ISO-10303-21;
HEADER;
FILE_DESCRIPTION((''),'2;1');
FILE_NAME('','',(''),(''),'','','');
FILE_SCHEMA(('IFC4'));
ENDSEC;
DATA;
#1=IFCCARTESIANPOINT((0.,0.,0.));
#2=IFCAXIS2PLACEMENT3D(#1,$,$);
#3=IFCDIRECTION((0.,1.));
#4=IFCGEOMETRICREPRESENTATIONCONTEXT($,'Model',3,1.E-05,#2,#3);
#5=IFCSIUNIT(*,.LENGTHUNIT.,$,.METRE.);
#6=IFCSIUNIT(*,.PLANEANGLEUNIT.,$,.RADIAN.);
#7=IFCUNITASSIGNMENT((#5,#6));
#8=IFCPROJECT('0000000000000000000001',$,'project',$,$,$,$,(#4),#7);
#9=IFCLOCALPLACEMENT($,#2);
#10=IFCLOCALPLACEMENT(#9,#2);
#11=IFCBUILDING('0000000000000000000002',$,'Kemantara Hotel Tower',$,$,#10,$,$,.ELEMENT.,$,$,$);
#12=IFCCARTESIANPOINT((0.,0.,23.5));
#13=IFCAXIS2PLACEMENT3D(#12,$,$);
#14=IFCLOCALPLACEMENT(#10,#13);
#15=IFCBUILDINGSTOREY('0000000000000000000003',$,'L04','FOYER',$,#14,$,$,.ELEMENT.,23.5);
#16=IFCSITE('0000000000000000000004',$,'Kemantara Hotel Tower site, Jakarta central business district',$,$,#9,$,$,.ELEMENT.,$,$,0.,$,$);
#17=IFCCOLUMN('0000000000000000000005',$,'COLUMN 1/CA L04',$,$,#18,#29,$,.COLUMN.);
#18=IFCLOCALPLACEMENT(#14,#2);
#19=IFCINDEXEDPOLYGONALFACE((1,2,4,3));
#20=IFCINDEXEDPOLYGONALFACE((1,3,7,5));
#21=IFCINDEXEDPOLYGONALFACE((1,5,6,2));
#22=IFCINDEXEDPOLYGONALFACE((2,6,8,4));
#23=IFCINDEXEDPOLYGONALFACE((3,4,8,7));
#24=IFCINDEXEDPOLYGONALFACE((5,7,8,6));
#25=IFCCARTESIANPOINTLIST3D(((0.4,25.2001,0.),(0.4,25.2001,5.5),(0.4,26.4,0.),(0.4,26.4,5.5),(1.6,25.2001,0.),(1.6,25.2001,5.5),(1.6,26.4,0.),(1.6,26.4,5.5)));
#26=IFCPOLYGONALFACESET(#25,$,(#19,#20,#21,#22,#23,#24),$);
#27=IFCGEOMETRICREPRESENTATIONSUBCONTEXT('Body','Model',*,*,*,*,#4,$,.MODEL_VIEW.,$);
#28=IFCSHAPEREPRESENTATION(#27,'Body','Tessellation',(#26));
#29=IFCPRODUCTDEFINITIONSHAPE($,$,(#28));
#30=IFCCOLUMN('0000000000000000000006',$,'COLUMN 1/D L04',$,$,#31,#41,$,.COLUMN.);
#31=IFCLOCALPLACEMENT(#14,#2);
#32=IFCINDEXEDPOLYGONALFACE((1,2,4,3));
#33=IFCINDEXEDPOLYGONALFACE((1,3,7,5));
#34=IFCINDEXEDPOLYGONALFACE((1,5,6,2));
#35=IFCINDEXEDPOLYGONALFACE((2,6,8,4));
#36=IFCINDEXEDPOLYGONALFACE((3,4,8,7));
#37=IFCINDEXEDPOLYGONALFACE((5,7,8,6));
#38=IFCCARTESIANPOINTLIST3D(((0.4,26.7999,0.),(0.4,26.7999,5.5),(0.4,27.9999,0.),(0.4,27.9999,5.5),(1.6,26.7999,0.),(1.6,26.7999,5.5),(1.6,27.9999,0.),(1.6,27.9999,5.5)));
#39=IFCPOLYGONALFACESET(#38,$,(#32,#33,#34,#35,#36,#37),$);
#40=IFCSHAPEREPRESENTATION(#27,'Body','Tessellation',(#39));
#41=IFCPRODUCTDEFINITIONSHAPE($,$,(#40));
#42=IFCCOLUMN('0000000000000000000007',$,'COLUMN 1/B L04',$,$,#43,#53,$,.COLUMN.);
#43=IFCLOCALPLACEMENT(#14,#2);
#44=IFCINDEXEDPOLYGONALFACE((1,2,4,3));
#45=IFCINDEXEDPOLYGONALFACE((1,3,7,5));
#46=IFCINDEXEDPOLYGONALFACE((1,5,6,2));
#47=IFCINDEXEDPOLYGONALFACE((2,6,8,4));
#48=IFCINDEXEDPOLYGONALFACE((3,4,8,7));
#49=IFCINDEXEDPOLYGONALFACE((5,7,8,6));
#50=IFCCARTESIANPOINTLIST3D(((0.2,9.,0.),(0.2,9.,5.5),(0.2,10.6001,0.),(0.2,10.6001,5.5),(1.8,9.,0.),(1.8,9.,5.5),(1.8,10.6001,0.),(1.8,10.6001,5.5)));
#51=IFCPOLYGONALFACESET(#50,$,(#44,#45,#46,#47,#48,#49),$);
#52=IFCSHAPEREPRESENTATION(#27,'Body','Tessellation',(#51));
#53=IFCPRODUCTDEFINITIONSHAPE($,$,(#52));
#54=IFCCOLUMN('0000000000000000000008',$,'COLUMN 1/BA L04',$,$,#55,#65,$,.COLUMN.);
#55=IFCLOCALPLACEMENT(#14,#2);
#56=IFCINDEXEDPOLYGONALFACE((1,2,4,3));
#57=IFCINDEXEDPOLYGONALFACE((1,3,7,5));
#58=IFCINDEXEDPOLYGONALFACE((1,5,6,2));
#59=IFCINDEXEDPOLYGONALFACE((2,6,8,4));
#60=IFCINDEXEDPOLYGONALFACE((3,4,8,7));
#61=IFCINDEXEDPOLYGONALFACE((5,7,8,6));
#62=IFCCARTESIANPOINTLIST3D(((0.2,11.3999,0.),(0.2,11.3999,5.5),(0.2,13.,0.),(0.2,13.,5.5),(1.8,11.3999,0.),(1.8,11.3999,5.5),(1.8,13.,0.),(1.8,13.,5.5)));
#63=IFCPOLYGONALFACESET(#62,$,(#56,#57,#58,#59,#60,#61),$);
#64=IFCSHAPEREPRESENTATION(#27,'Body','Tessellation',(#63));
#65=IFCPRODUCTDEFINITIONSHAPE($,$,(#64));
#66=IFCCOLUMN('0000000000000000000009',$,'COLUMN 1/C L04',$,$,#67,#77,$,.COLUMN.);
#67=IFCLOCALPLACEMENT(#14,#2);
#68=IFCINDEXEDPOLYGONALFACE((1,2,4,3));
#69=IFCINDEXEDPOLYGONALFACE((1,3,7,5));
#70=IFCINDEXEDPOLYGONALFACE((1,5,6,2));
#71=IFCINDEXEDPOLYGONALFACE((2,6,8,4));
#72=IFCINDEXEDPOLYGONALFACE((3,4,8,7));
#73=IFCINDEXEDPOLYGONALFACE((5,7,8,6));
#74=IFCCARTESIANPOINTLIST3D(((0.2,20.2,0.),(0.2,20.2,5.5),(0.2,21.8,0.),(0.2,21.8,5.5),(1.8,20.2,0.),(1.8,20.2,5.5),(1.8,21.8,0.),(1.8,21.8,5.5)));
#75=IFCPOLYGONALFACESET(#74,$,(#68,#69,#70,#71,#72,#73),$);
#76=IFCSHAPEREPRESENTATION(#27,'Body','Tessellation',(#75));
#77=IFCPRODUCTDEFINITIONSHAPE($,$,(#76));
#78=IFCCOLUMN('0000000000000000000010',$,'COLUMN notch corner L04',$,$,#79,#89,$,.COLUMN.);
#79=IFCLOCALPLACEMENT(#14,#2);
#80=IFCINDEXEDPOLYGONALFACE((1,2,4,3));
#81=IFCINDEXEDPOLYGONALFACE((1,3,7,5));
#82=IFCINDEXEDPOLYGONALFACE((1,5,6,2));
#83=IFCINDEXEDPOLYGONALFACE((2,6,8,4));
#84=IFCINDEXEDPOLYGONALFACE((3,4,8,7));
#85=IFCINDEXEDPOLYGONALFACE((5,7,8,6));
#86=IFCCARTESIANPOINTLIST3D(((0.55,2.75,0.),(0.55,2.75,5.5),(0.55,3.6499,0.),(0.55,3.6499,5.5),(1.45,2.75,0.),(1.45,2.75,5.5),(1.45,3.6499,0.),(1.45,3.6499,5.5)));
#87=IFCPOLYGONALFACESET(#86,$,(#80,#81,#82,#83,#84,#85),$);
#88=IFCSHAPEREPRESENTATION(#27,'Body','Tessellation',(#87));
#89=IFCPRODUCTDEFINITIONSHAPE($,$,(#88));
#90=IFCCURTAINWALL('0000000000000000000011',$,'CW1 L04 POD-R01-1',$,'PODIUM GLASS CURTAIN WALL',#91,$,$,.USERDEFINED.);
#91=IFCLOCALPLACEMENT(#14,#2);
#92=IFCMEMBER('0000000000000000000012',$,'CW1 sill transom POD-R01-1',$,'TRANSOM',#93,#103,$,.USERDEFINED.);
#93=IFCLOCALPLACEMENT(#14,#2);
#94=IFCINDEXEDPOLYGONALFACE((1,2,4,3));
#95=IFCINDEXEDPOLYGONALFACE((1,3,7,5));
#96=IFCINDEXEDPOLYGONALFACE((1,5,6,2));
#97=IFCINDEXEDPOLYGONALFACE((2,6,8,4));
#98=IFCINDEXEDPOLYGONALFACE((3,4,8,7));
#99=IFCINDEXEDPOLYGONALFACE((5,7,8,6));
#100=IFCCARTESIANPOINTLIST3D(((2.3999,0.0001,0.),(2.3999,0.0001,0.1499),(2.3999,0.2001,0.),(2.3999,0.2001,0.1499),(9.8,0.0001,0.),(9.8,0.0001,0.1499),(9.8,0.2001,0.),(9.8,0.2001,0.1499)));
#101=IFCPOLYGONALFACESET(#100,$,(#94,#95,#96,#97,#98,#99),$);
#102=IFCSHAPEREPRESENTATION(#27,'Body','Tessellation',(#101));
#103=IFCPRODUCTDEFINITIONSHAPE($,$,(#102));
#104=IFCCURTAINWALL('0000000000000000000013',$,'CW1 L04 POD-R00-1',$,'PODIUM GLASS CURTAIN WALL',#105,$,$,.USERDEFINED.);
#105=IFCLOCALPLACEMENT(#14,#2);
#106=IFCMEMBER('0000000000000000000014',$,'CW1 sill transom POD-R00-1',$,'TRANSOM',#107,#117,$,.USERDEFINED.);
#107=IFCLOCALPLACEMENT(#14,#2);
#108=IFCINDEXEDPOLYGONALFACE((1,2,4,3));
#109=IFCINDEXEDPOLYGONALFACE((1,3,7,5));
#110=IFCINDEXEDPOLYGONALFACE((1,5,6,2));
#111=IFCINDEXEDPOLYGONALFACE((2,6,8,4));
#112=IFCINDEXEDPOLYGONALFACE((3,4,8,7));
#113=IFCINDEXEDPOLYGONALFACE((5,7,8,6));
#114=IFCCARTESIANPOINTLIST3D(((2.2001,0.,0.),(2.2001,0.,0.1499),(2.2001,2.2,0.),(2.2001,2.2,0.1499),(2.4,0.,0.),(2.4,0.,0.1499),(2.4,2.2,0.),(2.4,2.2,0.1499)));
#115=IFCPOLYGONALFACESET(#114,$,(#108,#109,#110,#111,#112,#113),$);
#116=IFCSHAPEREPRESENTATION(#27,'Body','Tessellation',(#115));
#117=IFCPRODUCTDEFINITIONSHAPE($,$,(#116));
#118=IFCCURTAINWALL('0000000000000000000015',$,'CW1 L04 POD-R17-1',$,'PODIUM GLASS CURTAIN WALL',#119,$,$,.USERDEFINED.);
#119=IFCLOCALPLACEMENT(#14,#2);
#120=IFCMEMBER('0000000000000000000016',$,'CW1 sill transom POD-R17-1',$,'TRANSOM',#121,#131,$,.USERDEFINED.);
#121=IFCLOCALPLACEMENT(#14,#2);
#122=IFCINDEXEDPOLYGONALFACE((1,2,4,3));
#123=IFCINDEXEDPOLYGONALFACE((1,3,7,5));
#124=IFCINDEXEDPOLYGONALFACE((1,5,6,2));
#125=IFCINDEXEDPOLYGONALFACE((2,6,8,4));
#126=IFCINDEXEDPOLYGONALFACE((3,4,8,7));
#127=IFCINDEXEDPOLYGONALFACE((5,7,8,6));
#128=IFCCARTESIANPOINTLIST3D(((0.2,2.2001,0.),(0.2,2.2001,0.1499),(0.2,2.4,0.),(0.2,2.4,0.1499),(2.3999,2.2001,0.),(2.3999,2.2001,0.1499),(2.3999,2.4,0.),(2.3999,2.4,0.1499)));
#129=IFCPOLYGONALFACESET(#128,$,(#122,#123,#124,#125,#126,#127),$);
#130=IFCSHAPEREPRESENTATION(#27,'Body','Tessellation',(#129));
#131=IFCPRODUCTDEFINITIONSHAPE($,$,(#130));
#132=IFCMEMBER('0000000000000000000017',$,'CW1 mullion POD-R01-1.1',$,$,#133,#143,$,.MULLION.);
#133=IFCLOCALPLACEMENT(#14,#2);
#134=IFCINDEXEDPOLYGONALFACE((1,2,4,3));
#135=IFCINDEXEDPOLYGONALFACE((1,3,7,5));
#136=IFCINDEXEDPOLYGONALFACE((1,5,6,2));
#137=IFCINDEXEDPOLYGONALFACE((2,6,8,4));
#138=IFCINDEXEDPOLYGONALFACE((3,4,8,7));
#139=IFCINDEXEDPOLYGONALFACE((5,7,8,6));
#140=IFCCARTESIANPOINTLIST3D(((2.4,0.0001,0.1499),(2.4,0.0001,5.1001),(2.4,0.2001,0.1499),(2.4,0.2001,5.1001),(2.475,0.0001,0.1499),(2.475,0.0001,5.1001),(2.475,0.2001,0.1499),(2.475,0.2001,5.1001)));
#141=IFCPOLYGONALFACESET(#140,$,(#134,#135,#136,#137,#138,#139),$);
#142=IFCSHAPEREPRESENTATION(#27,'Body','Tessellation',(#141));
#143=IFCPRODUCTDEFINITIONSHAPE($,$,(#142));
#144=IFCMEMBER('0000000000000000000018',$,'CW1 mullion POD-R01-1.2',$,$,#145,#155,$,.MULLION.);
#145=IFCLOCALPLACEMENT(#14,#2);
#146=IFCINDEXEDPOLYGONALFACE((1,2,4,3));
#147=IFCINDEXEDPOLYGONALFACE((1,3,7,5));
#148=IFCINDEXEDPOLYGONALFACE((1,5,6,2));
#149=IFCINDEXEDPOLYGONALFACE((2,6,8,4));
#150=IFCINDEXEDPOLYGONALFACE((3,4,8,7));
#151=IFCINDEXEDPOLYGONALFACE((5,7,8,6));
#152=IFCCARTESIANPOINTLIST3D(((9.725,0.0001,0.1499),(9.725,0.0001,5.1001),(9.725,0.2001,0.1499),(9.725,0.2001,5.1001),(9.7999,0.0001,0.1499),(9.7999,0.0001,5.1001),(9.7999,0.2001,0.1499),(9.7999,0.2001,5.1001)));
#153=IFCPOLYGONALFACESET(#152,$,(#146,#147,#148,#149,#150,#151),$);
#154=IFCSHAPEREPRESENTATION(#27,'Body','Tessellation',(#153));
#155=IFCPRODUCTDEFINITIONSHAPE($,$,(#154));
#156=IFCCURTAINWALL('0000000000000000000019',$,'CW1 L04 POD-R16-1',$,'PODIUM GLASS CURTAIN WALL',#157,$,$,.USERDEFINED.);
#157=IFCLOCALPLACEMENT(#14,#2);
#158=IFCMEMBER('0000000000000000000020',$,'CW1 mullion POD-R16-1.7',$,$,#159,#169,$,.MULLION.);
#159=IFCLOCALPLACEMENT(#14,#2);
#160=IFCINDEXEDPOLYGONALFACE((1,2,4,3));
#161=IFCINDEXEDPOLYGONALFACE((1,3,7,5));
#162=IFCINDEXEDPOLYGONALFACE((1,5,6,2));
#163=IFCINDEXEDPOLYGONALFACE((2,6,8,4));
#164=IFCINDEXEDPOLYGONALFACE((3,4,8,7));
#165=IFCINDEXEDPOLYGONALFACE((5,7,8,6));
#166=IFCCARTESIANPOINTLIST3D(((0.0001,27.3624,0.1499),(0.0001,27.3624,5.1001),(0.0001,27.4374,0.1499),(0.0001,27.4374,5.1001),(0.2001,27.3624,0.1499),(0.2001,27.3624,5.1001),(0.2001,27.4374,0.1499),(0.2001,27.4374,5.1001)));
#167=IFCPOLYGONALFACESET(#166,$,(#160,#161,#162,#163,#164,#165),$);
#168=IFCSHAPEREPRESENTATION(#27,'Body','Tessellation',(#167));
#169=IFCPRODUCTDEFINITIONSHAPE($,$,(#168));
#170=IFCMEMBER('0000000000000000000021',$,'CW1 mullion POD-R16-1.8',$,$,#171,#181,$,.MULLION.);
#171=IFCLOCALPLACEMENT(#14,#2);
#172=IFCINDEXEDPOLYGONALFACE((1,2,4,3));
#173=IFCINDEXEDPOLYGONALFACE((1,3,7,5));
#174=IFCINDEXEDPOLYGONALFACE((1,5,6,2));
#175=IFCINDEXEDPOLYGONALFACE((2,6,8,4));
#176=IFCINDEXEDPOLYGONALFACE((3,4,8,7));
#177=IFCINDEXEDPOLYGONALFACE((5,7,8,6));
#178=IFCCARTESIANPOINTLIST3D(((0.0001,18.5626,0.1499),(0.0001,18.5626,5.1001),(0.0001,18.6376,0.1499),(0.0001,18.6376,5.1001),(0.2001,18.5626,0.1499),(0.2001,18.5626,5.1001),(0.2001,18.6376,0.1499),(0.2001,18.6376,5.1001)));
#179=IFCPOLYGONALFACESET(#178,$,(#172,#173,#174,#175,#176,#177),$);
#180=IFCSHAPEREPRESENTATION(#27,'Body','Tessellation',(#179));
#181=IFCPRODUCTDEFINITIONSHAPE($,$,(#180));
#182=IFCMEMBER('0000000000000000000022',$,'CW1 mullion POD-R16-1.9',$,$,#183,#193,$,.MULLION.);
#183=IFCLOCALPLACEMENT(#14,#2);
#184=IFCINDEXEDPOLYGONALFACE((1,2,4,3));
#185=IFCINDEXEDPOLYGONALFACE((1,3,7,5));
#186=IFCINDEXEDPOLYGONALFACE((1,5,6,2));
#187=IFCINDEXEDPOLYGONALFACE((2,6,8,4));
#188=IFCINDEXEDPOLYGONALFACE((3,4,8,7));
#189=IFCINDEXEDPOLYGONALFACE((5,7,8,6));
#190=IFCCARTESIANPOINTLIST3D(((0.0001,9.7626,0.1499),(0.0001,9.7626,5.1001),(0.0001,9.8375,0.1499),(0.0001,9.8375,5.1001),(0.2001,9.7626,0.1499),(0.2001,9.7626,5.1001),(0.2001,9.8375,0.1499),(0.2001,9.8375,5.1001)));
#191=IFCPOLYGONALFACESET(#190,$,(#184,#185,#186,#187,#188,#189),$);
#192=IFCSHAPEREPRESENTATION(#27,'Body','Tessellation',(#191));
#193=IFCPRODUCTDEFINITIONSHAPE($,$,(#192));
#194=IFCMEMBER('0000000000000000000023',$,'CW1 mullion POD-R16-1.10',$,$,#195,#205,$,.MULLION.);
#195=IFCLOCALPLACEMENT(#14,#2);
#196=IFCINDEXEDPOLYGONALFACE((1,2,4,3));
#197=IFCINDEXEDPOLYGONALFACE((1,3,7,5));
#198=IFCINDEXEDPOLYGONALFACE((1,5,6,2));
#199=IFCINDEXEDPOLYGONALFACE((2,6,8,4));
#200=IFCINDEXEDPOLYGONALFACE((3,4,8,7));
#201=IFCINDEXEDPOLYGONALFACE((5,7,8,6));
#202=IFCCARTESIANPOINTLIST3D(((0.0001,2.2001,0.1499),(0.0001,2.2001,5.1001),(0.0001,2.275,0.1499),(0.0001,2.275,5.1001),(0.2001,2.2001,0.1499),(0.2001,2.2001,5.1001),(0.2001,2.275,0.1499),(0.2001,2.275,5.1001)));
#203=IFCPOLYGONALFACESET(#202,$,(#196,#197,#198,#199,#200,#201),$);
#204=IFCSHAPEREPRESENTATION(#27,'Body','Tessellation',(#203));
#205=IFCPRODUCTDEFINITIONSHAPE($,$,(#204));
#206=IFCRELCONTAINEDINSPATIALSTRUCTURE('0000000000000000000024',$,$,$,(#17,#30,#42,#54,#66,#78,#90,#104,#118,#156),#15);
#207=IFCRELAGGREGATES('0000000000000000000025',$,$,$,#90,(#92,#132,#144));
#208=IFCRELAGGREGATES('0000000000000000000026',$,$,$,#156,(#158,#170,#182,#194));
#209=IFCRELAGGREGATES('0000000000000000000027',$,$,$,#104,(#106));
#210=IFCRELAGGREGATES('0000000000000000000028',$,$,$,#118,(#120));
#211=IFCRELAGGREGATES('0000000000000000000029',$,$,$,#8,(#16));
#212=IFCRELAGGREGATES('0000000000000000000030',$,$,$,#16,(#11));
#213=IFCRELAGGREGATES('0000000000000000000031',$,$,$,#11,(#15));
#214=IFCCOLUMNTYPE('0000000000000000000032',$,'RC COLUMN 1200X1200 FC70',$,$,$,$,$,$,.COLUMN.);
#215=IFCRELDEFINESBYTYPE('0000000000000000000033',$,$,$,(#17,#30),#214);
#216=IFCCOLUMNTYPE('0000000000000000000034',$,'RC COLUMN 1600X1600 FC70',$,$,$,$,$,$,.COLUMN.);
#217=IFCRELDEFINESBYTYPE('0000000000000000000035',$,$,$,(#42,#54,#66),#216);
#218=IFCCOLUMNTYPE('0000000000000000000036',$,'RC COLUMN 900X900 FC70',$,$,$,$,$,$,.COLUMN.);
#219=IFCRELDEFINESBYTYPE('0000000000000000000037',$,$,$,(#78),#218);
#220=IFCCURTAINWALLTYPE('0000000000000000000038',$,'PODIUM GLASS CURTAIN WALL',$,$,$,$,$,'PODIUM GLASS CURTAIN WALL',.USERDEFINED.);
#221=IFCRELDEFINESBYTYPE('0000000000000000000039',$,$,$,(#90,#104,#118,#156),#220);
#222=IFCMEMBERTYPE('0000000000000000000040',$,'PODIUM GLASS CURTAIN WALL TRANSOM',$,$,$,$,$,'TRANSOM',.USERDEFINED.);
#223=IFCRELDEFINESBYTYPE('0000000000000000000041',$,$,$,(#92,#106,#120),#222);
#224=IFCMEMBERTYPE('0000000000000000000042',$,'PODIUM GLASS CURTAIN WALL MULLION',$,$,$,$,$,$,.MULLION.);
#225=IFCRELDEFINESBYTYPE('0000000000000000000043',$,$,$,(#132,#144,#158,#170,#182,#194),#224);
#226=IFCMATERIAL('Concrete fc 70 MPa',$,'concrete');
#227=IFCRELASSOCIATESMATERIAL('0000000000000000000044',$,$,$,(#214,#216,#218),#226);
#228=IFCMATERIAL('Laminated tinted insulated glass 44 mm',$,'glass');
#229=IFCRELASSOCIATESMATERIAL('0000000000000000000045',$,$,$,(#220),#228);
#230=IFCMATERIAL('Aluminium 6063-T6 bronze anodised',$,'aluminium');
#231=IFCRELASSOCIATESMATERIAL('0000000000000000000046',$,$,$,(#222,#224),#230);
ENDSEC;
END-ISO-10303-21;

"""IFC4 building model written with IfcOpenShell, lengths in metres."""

from ifc_helpers import new_model, si_unit, direction, frame, origin, origin_2d, place, context, subcontext, project, spatial, rectangle, extrude, source, transform, mapped, material, material_profile, profile_set, type_object, element, aggregate, save


model = new_model("IFC4")

# Units and contexts
model_context = context("Model", 3, precision=1e-05, world=origin(), true_north=direction((0.0, 1.0)))
body_context = subcontext(model_context, "Body", "Model", "MODEL_VIEW")
ifc_project = project(units=[si_unit("LENGTHUNIT", "METRE"), si_unit("PLANEANGLEUNIT", "RADIAN")], contexts=[model_context])

# Site, building, storey
site_placement = place(None, origin())
site = spatial("IfcSite", under=ifc_project, at=site_placement, Name="Kemantara Hotel Tower site, Jakarta central business district", CompositionType="ELEMENT", RefElevation=0.0)
building_placement = place(site_placement, origin())
building = spatial("IfcBuilding", under=site, at=building_placement, Name="Kemantara Hotel Tower", CompositionType="ELEMENT")
storey_placement = place(building_placement, frame((0.0, 0.0, 23.5)))
storey = spatial("IfcBuildingStorey", under=building, at=storey_placement, Name="L04", Description="FOYER", CompositionType="ELEMENT", Elevation=23.5)

# Columns
ifc_material_1 = material(Name="Concrete fc 70 MPa", Category="concrete")
ifc_material_profile_1 = material_profile(ifc_material_1, rectangle(XDim=1.2, YDim=1.2, at=origin_2d()), Name="RC 1200X1200")
ifc_profile_set_1 = profile_set([ifc_material_profile_1], Name="Concrete fc 70 MPa")
column_type_1 = type_object("IfcColumnType", Name="RC COLUMN 1200X1200 FC70", PredefinedType="COLUMN", material=ifc_profile_set_1)
for number, where, z_axis, x_axis, name in (
    (1, (1.0, 25.8, 0.0), (0.0, 0.0, 1.0), (1.0, 0.0, 0.0), "COLUMN 1/CA L04"),
    (2, (1.0, 27.3999, 0.0), (0.0, 0.0, 1.0), (1.0, 0.0, 0.0), "COLUMN 1/D L04"),
):
    element("IfcColumn", number, at=place(storey_placement, frame(where, z_axis=z_axis, x_axis=x_axis)), inside=storey, type_object=column_type_1, Name=name, PredefinedType="COLUMN", context=body_context, shape_type="SweptSolid", body=[
        extrude(rectangle(XDim=1.2, YDim=1.2, at=origin_2d()), origin(), (0.0, 0.0, 1.0), 5.5),
    ])
ifc_material_profile_2 = material_profile(ifc_material_1, rectangle(XDim=1.6001, YDim=1.6001, at=origin_2d()), Name="RC 1600X1600")
ifc_profile_set_2 = profile_set([ifc_material_profile_2], Name="Concrete fc 70 MPa")
column_type_2 = type_object("IfcColumnType", Name="RC COLUMN 1600X1600 FC70", PredefinedType="COLUMN", material=ifc_profile_set_2)
for number, where, z_axis, x_axis, name in (
    (3, (1.0, 9.8, 0.0), (0.0, 0.0, 1.0), (1.0, 0.0, 0.0), "COLUMN 1/B L04"),
    (4, (1.0, 12.2, 0.0), (0.0, 0.0, 1.0), (1.0, 0.0, 0.0), "COLUMN 1/BA L04"),
    (5, (1.0, 21.0, 0.0), (0.0, 0.0, 1.0), (1.0, 0.0, 0.0), "COLUMN 1/C L04"),
):
    element("IfcColumn", number, at=place(storey_placement, frame(where, z_axis=z_axis, x_axis=x_axis)), inside=storey, type_object=column_type_2, Name=name, PredefinedType="COLUMN", context=body_context, shape_type="SweptSolid", body=[
        extrude(rectangle(XDim=1.6001, YDim=1.6001, at=origin_2d()), origin(), (0.0, 0.0, 1.0), 5.5),
    ])
ifc_material_profile_3 = material_profile(ifc_material_1, rectangle(XDim=0.8999, YDim=0.8999, at=origin_2d()), Name="RC 900X900")
ifc_profile_set_3 = profile_set([ifc_material_profile_3], Name="Concrete fc 70 MPa")
column_type_3 = type_object("IfcColumnType", Name="RC COLUMN 900X900 FC70", PredefinedType="COLUMN", material=ifc_profile_set_3)
column_placement = place(storey_placement, frame((1.0, 3.2, 0.0), z_axis=(0.0, 0.0, 1.0), x_axis=(1.0, 0.0, 0.0)))
element("IfcColumn", 6, at=column_placement, inside=storey, type_object=column_type_3, Name="COLUMN notch corner L04", PredefinedType="COLUMN", context=body_context, shape_type="SweptSolid", body=[
    extrude(rectangle(XDim=0.8999, YDim=0.8999, at=origin_2d()), origin(), (0.0, 0.0, 1.0), 5.5),
])

# Curtain walls, members
ifc_material_2 = material(Name="Laminated tinted insulated glass 44 mm", Category="glass")
curtain_wall_type = type_object("IfcCurtainWallType", Name="PODIUM GLASS CURTAIN WALL", ElementType="PODIUM GLASS CURTAIN WALL", PredefinedType="USERDEFINED", material=ifc_material_2)
curtain_wall_1_placement = place(storey_placement, origin())
curtain_wall_1 = element("IfcCurtainWall", 7, at=curtain_wall_1_placement, inside=storey, type_object=curtain_wall_type, Name="CW1 L04 POD-R01-1", ObjectType="PODIUM GLASS CURTAIN WALL", PredefinedType="USERDEFINED")
ifc_material_3 = material(Name="Aluminium 6063-T6 bronze anodised", Category="aluminium")
ifc_material_profile_4 = material_profile(ifc_material_3, rectangle(XDim=0.2, YDim=0.1499, at=origin_2d()), Name="PODIUM GLASS CURTAIN WALL TRANSOM")
ifc_profile_set_4 = profile_set([ifc_material_profile_4], Name="Aluminium 6063-T6 bronze anodised")
member_type_1 = type_object("IfcMemberType", Name="PODIUM GLASS CURTAIN WALL TRANSOM", ElementType="TRANSOM", PredefinedType="USERDEFINED", material=ifc_profile_set_4)
member_1_placement = place(storey_placement, frame((2.3999, 0.1001, 0.075), z_axis=(1.0, 0.0, 0.0), x_axis=(0.0, 1.0, 0.0)))
member_1 = element("IfcMember", 8, at=member_1_placement, type_object=member_type_1, Name="CW1 sill transom POD-R01-1", ObjectType="TRANSOM", PredefinedType="USERDEFINED", context=body_context, shape_type="SweptSolid", body=[
    extrude(rectangle(XDim=0.2, YDim=0.1499, at=origin_2d()), origin(), (0.0, 0.0, 1.0), 7.4001),
])
curtain_wall_2_placement = place(storey_placement, origin())
curtain_wall_2 = element("IfcCurtainWall", 9, at=curtain_wall_2_placement, inside=storey, type_object=curtain_wall_type, Name="CW1 L04 POD-R00-1", ObjectType="PODIUM GLASS CURTAIN WALL", PredefinedType="USERDEFINED")
member_2_placement = place(storey_placement, frame((2.3, 2.2, 0.075), z_axis=(0.0, -1.0, 0.0), x_axis=(1.0, 0.0, 0.0)))
member_2 = element("IfcMember", 10, at=member_2_placement, type_object=member_type_1, Name="CW1 sill transom POD-R00-1", ObjectType="TRANSOM", PredefinedType="USERDEFINED", context=body_context, shape_type="SweptSolid", body=[
    extrude(rectangle(XDim=0.2, YDim=0.1499, at=origin_2d()), origin(), (0.0, 0.0, 1.0), 2.2),
])
curtain_wall_3_placement = place(storey_placement, origin())
curtain_wall_3 = element("IfcCurtainWall", 11, at=curtain_wall_3_placement, inside=storey, type_object=curtain_wall_type, Name="CW1 L04 POD-R17-1", ObjectType="PODIUM GLASS CURTAIN WALL", PredefinedType="USERDEFINED")
member_3_placement = place(storey_placement, frame((0.2, 2.3, 0.075), z_axis=(1.0, 0.0, 0.0), x_axis=(0.0, 1.0, 0.0)))
member_3 = element("IfcMember", 12, at=member_3_placement, type_object=member_type_1, Name="CW1 sill transom POD-R17-1", ObjectType="TRANSOM", PredefinedType="USERDEFINED", context=body_context, shape_type="SweptSolid", body=[
    extrude(rectangle(XDim=0.2, YDim=0.1499, at=origin_2d()), origin(), (0.0, 0.0, 1.0), 2.2),
])

# Members
ifc_material_profile_5 = material_profile(ifc_material_3, rectangle(XDim=0.2, YDim=0.075, at=origin_2d()), Name="PODIUM GLASS CURTAIN WALL MULLION")
ifc_profile_set_5 = profile_set([ifc_material_profile_5], Name="Aluminium 6063-T6 bronze anodised")
member_type_2 = type_object("IfcMemberType", Name="PODIUM GLASS CURTAIN WALL MULLION", PredefinedType="MULLION", material=ifc_profile_set_5)
shared_shape_1 = source(origin(), body_context, "Body", "SweptSolid", [
    extrude(rectangle(XDim=0.2, YDim=0.075, at=origin_2d()), origin(), (0.0, 0.0, 1.0), 4.9502),
])
member_4_placement = place(storey_placement, frame((2.4375, 0.1001, 0.1499), z_axis=(0.0, 0.0, 1.0), x_axis=(0.0, 1.0, 0.0)))
member_4 = element("IfcMember", 13, at=member_4_placement, type_object=member_type_2, Name="CW1 mullion POD-R01-1.1", PredefinedType="MULLION", context=body_context, shape_type="MappedRepresentation", body=[
    mapped(shared_shape_1, transform((0.0, 0.0, 0.0))),
])
member_5_placement = place(storey_placement, frame((9.7625, 0.1001, 0.1499), z_axis=(0.0, 0.0, 1.0), x_axis=(0.0, 1.0, 0.0)))
member_5 = element("IfcMember", 14, at=member_5_placement, type_object=member_type_2, Name="CW1 mullion POD-R01-1.2", PredefinedType="MULLION", context=body_context, shape_type="MappedRepresentation", body=[
    mapped(shared_shape_1, transform((0.0, 0.0, 0.0))),
])

# Curtain wall, members
curtain_wall_4_placement = place(storey_placement, origin())
curtain_wall_4 = element("IfcCurtainWall", 15, at=curtain_wall_4_placement, inside=storey, type_object=curtain_wall_type, Name="CW1 L04 POD-R16-1", ObjectType="PODIUM GLASS CURTAIN WALL", PredefinedType="USERDEFINED")
member_6_placement = place(storey_placement, frame((0.1001, 27.3999, 0.1499), z_axis=(0.0, 0.0, 1.0), x_axis=(1.0, 0.0, 0.0)))
member_6 = element("IfcMember", 16, at=member_6_placement, type_object=member_type_2, Name="CW1 mullion POD-R16-1.7", PredefinedType="MULLION", context=body_context, shape_type="MappedRepresentation", body=[
    mapped(shared_shape_1, transform((0.0, 0.0, 0.0))),
])
member_7_placement = place(storey_placement, frame((0.1001, 18.6001, 0.1499), z_axis=(0.0, 0.0, 1.0), x_axis=(1.0, 0.0, 0.0)))
member_7 = element("IfcMember", 17, at=member_7_placement, type_object=member_type_2, Name="CW1 mullion POD-R16-1.8", PredefinedType="MULLION", context=body_context, shape_type="MappedRepresentation", body=[
    mapped(shared_shape_1, transform((0.0, 0.0, 0.0))),
])
member_8_placement = place(storey_placement, frame((0.1001, 9.8, 0.1499), z_axis=(0.0, 0.0, 1.0), x_axis=(1.0, 0.0, 0.0)))
member_8 = element("IfcMember", 18, at=member_8_placement, type_object=member_type_2, Name="CW1 mullion POD-R16-1.9", PredefinedType="MULLION", context=body_context, shape_type="MappedRepresentation", body=[
    mapped(shared_shape_1, transform((0.0, 0.0, 0.0))),
])
member_9_placement = place(storey_placement, frame((0.1001, 2.2375, 0.1499), z_axis=(0.0, 0.0, 1.0), x_axis=(1.0, 0.0, 0.0)))
member_9 = element("IfcMember", 19, at=member_9_placement, type_object=member_type_2, Name="CW1 mullion POD-R16-1.10", PredefinedType="MULLION", context=body_context, shape_type="MappedRepresentation", body=[
    mapped(shared_shape_1, transform((0.0, 0.0, 0.0))),
])

aggregate(curtain_wall_1, [member_1, member_4, member_5])
aggregate(curtain_wall_4, [member_6, member_7, member_8, member_9])
aggregate(curtain_wall_2, [member_2])
aggregate(curtain_wall_3, [member_3])

save(model, "model.ifc")
